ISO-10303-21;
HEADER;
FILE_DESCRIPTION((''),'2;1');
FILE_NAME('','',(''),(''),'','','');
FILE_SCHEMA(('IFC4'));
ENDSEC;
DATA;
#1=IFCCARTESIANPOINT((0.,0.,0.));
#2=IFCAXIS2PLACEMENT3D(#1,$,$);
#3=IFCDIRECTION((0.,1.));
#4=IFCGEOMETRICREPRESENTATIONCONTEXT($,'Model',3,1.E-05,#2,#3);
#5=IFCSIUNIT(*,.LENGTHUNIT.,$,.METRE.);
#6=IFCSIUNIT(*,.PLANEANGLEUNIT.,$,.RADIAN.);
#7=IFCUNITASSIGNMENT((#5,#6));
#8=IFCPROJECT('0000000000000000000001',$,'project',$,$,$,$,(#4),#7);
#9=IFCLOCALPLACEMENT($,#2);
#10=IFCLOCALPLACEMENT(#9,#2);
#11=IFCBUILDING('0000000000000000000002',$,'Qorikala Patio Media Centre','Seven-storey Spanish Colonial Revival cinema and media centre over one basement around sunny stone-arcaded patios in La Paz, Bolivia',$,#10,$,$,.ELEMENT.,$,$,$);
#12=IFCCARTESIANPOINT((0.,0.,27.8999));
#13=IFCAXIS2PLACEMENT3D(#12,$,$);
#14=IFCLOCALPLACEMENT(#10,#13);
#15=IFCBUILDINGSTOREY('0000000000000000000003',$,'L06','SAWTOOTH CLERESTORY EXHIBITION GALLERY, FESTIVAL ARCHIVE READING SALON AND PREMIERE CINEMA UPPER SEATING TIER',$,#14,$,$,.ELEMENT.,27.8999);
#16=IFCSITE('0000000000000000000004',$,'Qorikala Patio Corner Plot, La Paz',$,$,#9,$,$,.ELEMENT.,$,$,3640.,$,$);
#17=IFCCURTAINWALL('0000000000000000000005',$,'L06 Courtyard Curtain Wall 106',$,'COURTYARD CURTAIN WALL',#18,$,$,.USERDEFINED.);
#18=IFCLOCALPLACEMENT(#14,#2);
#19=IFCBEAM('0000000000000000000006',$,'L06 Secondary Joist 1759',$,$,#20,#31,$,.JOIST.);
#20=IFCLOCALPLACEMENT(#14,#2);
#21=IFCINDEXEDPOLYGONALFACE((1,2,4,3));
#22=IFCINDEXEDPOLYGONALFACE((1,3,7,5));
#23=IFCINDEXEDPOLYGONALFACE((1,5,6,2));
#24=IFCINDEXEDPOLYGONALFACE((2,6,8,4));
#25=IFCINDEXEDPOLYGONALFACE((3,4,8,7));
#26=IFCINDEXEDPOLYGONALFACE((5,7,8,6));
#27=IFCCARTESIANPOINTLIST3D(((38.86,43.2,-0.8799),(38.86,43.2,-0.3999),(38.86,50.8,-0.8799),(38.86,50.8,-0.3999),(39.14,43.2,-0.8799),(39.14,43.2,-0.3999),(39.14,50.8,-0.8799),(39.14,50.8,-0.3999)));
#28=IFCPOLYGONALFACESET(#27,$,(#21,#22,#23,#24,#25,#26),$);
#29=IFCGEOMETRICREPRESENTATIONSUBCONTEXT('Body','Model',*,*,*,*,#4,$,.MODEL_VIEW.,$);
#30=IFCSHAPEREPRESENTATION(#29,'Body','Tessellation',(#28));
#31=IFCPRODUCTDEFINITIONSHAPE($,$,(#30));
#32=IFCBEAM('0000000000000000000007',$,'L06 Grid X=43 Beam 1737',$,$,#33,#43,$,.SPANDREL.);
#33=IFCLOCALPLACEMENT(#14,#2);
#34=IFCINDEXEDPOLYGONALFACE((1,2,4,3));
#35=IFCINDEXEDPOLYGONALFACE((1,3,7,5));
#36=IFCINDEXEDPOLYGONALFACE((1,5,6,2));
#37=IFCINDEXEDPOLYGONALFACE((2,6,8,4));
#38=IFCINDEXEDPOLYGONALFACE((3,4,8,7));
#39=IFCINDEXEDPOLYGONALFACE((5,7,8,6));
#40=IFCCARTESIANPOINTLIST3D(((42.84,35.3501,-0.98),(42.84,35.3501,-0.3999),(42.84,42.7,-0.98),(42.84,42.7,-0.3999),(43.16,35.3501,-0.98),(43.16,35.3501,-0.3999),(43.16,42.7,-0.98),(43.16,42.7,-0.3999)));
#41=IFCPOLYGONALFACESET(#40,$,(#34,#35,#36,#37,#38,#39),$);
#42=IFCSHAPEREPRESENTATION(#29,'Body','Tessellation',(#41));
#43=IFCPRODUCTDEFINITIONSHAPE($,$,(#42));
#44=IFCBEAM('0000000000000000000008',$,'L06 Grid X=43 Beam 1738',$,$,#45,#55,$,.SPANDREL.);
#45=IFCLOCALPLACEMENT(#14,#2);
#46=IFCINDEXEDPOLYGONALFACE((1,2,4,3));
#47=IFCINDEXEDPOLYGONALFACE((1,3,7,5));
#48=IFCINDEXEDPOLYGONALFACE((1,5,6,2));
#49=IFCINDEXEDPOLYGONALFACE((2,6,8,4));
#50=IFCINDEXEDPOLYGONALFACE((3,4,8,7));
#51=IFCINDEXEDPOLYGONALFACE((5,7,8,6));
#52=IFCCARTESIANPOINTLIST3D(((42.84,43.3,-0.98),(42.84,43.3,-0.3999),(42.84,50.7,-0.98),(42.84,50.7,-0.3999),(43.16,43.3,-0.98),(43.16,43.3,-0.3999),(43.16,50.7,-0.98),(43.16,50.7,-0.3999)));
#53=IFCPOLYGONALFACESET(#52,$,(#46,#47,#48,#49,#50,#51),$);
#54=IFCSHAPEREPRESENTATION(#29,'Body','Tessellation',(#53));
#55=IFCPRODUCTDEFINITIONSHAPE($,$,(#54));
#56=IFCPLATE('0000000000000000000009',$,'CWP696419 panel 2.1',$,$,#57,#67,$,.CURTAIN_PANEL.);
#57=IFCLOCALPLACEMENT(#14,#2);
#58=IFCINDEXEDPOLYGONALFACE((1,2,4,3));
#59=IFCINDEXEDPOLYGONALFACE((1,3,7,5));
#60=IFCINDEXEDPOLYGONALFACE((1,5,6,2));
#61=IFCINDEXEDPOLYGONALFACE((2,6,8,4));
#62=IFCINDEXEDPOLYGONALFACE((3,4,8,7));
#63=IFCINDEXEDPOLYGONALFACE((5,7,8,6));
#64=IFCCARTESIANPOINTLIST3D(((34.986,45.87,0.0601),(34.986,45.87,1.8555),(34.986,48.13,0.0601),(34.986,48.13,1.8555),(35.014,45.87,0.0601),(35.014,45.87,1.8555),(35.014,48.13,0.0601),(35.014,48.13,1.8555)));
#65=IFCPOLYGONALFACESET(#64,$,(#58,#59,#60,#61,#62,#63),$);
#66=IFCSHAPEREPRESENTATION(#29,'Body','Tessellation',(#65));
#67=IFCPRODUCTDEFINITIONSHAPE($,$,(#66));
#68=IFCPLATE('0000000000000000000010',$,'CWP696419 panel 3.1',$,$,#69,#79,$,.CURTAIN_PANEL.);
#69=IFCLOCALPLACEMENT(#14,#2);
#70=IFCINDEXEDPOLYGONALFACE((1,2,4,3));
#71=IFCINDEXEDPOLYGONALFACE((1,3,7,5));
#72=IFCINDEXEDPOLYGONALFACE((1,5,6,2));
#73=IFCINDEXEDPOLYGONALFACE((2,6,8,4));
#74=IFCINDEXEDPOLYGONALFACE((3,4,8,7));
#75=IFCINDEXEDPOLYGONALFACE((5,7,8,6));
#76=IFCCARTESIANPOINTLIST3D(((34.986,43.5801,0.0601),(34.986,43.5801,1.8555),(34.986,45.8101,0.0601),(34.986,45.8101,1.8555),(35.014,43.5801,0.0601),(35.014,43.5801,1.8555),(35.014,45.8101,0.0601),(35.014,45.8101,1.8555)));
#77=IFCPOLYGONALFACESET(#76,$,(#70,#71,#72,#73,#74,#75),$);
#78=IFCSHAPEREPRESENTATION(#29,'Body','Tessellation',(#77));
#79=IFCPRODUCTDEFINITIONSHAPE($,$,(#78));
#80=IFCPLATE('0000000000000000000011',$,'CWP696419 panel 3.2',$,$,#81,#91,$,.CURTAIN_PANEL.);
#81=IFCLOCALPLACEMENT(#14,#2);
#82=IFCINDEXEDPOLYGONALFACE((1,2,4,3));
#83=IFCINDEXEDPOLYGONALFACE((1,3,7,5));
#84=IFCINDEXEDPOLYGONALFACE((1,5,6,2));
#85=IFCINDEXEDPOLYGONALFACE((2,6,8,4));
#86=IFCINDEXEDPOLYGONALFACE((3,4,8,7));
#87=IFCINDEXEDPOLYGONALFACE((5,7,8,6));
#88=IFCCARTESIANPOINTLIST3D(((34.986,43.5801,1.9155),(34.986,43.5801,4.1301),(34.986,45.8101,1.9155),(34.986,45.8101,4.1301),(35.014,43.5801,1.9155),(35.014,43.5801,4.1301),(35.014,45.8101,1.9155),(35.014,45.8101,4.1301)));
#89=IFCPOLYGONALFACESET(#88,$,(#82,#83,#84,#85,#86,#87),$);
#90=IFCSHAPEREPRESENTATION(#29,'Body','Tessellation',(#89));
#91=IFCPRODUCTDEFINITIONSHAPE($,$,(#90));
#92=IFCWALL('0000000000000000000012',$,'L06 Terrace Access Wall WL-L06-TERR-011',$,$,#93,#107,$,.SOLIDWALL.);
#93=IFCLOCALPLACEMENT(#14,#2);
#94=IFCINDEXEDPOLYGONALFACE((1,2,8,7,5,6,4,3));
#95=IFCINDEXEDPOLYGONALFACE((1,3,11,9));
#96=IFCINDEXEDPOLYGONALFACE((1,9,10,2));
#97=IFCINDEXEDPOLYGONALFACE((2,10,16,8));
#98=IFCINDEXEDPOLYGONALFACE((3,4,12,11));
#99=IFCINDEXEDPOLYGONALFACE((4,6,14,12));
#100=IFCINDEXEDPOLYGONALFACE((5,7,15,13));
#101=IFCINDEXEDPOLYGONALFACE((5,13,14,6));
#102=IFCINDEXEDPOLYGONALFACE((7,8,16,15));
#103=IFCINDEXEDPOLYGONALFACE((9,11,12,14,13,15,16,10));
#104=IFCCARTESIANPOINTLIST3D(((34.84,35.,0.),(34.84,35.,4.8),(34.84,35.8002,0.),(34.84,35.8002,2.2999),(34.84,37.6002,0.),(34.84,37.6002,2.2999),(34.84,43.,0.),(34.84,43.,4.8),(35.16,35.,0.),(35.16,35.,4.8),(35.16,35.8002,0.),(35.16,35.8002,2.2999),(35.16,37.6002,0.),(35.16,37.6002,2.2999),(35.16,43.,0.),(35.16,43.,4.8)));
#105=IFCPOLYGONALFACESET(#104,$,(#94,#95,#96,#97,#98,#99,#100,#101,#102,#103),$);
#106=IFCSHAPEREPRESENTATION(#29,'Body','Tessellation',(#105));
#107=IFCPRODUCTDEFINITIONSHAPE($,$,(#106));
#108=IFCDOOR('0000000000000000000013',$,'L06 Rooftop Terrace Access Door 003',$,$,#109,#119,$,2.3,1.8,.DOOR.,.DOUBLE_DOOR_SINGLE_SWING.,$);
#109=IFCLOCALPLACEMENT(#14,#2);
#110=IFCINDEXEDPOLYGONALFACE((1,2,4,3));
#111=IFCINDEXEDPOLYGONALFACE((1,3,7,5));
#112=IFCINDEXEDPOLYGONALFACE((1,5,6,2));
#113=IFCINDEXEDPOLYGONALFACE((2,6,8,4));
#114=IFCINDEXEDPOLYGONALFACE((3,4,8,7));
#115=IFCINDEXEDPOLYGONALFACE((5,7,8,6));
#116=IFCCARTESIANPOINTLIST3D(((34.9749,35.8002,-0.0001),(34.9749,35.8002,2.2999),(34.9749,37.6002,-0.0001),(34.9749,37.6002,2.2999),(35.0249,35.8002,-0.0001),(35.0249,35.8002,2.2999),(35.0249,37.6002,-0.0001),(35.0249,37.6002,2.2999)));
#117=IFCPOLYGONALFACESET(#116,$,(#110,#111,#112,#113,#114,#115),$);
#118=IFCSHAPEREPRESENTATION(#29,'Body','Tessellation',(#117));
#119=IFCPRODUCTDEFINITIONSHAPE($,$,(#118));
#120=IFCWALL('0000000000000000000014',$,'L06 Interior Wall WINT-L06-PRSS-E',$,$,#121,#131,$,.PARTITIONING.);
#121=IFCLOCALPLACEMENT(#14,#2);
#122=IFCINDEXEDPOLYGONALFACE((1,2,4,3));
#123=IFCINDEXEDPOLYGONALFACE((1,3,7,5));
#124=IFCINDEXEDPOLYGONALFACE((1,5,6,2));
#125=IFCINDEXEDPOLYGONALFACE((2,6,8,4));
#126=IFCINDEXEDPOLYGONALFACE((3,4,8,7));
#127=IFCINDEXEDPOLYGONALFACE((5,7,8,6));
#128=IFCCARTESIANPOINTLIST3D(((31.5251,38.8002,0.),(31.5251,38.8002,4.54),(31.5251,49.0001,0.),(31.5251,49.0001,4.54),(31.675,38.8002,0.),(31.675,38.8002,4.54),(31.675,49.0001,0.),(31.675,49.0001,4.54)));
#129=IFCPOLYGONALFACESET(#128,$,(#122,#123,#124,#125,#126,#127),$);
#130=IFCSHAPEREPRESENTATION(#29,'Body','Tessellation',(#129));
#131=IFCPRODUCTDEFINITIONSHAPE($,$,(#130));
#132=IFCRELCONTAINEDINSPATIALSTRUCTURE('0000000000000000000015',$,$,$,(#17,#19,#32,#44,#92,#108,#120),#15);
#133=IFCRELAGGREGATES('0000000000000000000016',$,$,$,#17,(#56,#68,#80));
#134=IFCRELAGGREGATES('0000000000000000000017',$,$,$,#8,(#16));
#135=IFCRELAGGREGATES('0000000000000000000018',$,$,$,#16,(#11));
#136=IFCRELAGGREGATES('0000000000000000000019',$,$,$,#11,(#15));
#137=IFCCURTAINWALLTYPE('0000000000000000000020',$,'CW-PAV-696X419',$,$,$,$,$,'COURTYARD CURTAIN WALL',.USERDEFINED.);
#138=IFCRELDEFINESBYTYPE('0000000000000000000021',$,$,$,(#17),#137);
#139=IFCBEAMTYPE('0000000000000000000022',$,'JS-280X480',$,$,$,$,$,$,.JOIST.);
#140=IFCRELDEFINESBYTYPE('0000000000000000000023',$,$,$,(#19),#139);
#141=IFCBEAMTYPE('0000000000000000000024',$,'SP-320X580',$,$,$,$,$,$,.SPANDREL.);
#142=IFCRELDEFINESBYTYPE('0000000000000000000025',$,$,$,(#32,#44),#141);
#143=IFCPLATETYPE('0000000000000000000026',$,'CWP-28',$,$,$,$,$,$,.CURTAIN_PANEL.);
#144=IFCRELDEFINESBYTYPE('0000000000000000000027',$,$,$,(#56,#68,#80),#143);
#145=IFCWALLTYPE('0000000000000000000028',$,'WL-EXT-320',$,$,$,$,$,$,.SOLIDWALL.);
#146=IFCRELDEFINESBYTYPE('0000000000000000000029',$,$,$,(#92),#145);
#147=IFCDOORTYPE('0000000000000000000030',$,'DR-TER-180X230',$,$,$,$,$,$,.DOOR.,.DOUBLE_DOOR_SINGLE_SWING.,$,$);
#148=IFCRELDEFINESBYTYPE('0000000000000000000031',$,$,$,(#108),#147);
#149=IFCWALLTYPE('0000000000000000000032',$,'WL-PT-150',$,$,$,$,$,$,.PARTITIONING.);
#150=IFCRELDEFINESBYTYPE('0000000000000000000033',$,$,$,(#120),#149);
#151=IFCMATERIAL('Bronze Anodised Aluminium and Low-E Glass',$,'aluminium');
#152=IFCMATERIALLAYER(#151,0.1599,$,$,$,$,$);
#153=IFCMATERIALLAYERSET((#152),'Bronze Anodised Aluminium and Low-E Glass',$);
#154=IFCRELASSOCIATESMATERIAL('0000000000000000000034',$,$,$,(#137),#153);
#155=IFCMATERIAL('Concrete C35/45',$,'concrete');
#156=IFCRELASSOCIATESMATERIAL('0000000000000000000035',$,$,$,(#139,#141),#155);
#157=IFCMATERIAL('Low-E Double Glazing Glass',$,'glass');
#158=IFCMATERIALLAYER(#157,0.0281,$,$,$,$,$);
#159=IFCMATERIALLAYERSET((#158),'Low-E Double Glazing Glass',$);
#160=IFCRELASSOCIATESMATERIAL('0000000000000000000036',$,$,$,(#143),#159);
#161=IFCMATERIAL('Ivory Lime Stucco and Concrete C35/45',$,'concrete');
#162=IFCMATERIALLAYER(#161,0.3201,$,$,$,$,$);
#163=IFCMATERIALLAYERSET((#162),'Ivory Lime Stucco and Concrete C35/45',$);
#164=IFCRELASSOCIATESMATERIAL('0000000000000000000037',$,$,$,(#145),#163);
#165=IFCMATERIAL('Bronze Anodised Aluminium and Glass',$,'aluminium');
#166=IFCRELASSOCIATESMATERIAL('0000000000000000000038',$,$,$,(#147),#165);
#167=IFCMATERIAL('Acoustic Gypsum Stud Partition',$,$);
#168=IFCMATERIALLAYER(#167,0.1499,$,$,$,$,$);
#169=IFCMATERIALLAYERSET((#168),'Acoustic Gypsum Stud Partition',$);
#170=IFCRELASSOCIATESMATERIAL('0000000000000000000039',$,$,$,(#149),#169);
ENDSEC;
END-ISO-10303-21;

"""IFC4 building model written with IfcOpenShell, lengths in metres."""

from ifc_helpers import new_model, si_unit, direction, frame, frame_2d, origin, origin_2d, place, context, subcontext, project, spatial, rectangle, extrude, material, layer, layer_set, material_profile, profile_set, type_object, element, fill, aggregate, save


model = new_model("IFC4")

# Units and contexts
model_context = context("Model", 3, precision=1e-05, world=origin(), true_north=direction((0.0, 1.0)))
body_context = subcontext(model_context, "Body", "Model", "MODEL_VIEW")
ifc_project = project(units=[si_unit("LENGTHUNIT", "METRE"), si_unit("PLANEANGLEUNIT", "RADIAN")], contexts=[model_context])

# Site, building, storey
site_placement = place(None, origin())
site = spatial("IfcSite", under=ifc_project, at=site_placement, Name="Qorikala Patio Corner Plot, La Paz", CompositionType="ELEMENT", RefElevation=3640.0)
building_placement = place(site_placement, origin())
building = spatial("IfcBuilding", under=site, at=building_placement, Name="Qorikala Patio Media Centre", Description="Seven-storey Spanish Colonial Revival cinema and media centre over one basement around sunny stone-arcaded patios in La Paz, Bolivia", CompositionType="ELEMENT")
storey_placement = place(building_placement, frame((0.0, 0.0, 27.8999)))
storey = spatial("IfcBuildingStorey", under=building, at=storey_placement, Name="L06", Description="SAWTOOTH CLERESTORY EXHIBITION GALLERY, FESTIVAL ARCHIVE READING SALON AND PREMIERE CINEMA UPPER SEATING TIER", CompositionType="ELEMENT", Elevation=27.8999)

# Shared definitions
ifc_material_1 = material(Name="Concrete C35/45", Category="concrete")

# Curtain wall
ifc_material_2 = material(Name="Bronze Anodised Aluminium and Low-E Glass", Category="aluminium")
ifc_layer_1 = layer(ifc_material_2, 0.1599)
ifc_layer_set_1 = layer_set([ifc_layer_1], Name="Bronze Anodised Aluminium and Low-E Glass")
curtain_wall_type = type_object("IfcCurtainWallType", Name="CW-PAV-696X419", ElementType="COURTYARD CURTAIN WALL", PredefinedType="USERDEFINED", material=ifc_layer_set_1)
curtain_wall_placement = place(storey_placement, origin())
curtain_wall = element("IfcCurtainWall", 1, at=curtain_wall_placement, inside=storey, type_object=curtain_wall_type, Name="L06 Courtyard Curtain Wall 106", ObjectType="COURTYARD CURTAIN WALL", PredefinedType="USERDEFINED")

# Beams
ifc_material_profile_1 = material_profile(ifc_material_1, rectangle(XDim=0.28, YDim=0.48, at=origin_2d()), Name="RC 280x480")
ifc_profile_set_1 = profile_set([ifc_material_profile_1], Name="Concrete C35/45")
beam_type_1 = type_object("IfcBeamType", Name="JS-280X480", PredefinedType="JOIST", material=ifc_profile_set_1)
for number, where, z_axis, x_axis, name in (
    (2, (39.0, 43.2, -0.6399), (0.0, 1.0, 0.0), (-1.0, 0.0, 0.0), "L06 Secondary Joist 1759"),
):
    element("IfcBeam", number, at=place(storey_placement, frame(where, z_axis=z_axis, x_axis=x_axis)), inside=storey, type_object=beam_type_1, Name=name, PredefinedType="JOIST", context=body_context, shape_type="SweptSolid", body=[
        extrude(rectangle(XDim=0.28, YDim=0.48, at=origin_2d()), origin(), (0.0, 0.0, 1.0), 7.6001),
    ])
ifc_material_profile_2 = material_profile(ifc_material_1, rectangle(XDim=0.3201, YDim=0.5801, at=origin_2d()), Name="RC 320x580")
ifc_profile_set_2 = profile_set([ifc_material_profile_2], Name="Concrete C35/45")
beam_type_2 = type_object("IfcBeamType", Name="SP-320X580", PredefinedType="SPANDREL", material=ifc_profile_set_2)
beam_1_placement = place(storey_placement, frame((43.0, 35.3501, -0.6899), z_axis=(0.0, 1.0, 0.0), x_axis=(-1.0, 0.0, 0.0)))
element("IfcBeam", 3, at=beam_1_placement, inside=storey, type_object=beam_type_2, Name="L06 Grid X=43 Beam 1737", PredefinedType="SPANDREL", context=body_context, shape_type="SweptSolid", body=[
    extrude(rectangle(XDim=0.3201, YDim=0.5801, at=origin_2d()), origin(), (0.0, 0.0, 1.0), 7.3499),
])
beam_2_placement = place(storey_placement, frame((43.0, 43.3, -0.6899), z_axis=(0.0, 1.0, 0.0), x_axis=(-1.0, 0.0, 0.0)))
element("IfcBeam", 4, at=beam_2_placement, inside=storey, type_object=beam_type_2, Name="L06 Grid X=43 Beam 1738", PredefinedType="SPANDREL", context=body_context, shape_type="SweptSolid", body=[
    extrude(rectangle(XDim=0.3201, YDim=0.5801, at=origin_2d()), origin(), (0.0, 0.0, 1.0), 7.3999),
])

# Plates
ifc_material_3 = material(Name="Low-E Double Glazing Glass", Category="glass")
ifc_layer_2 = layer(ifc_material_3, 0.0281)
ifc_layer_set_2 = layer_set([ifc_layer_2], Name="Low-E Double Glazing Glass")
plate_type = type_object("IfcPlateType", Name="CWP-28", PredefinedType="CURTAIN_PANEL", material=ifc_layer_set_2)
plate_1_placement = place(storey_placement, frame((35.0, 47.0, 0.0601), z_axis=(0.0, 0.0, 1.0), x_axis=(0.0, -1.0, 0.0)))
plate_1 = element("IfcPlate", 5, at=plate_1_placement, type_object=plate_type, Name="CWP696419 panel 2.1", PredefinedType="CURTAIN_PANEL", context=body_context, shape_type="SweptSolid", body=[
    extrude(rectangle(XDim=2.26, YDim=0.0281, at=origin_2d()), origin(), (0.0, 0.0, 1.0), 1.7954),
])
plate_2_placement = place(storey_placement, frame((35.0, 44.6951, 0.0601), z_axis=(0.0, 0.0, 1.0), x_axis=(0.0, -1.0, 0.0)))
plate_2 = element("IfcPlate", 6, at=plate_2_placement, type_object=plate_type, Name="CWP696419 panel 3.1", PredefinedType="CURTAIN_PANEL", context=body_context, shape_type="SweptSolid", body=[
    extrude(rectangle(XDim=2.23, YDim=0.0281, at=origin_2d()), origin(), (0.0, 0.0, 1.0), 1.7954),
])
plate_3_placement = place(storey_placement, frame((35.0, 44.6951, 1.9155), z_axis=(0.0, 0.0, 1.0), x_axis=(0.0, -1.0, 0.0)))
plate_3 = element("IfcPlate", 7, at=plate_3_placement, type_object=plate_type, Name="CWP696419 panel 3.2", PredefinedType="CURTAIN_PANEL", context=body_context, shape_type="SweptSolid", body=[
    extrude(rectangle(XDim=2.23, YDim=0.0281, at=origin_2d()), origin(), (0.0, 0.0, 1.0), 2.2146),
])
aggregate(curtain_wall, [plate_1, plate_2, plate_3])

# Wall, opening, door
ifc_material_4 = material(Name="Ivory Lime Stucco and Concrete C35/45", Category="concrete")
ifc_layer_3 = layer(ifc_material_4, 0.3201)
ifc_layer_set_3 = layer_set([ifc_layer_3], Name="Ivory Lime Stucco and Concrete C35/45")
wall_type_1 = type_object("IfcWallType", Name="WL-EXT-320", PredefinedType="SOLIDWALL", material=ifc_layer_set_3)
wall_1_placement = place(storey_placement, frame((35.0, 43.0, 0.0), z_axis=(0.0, 0.0, 1.0), x_axis=(0.0, -1.0, 0.0)))
wall_1 = element("IfcWall", 8, at=wall_1_placement, inside=storey, type_object=wall_type_1, Name="L06 Terrace Access Wall WL-L06-TERR-011", PredefinedType="SOLIDWALL", context=body_context, shape_type="SweptSolid", body=[
    extrude(rectangle(XDim=8.0, YDim=0.3201, at=frame_2d((4.0, 0.0))), origin(), (0.0, 0.0, 1.0), 4.8),
])
opening_placement = place(wall_1_placement, frame((5.3999, 0.0, 0.0)))
opening = element("IfcOpeningElement", 9, at=opening_placement, cuts=wall_1, PredefinedType="OPENING", context=body_context, shape_type="SweptSolid", body=[
    extrude(rectangle(XDim=1.8, YDim=2.3, at=frame_2d((0.8999, 1.1499))), frame((0.0, 0.1699, 0.0), z_axis=(0.0, -1.0, 0.0), x_axis=(1.0, 0.0, 0.0)), (0.0, 0.0, 1.0), 0.3401),
])
ifc_material_5 = material(Name="Bronze Anodised Aluminium and Glass", Category="aluminium")
door_type = type_object("IfcDoorType", Name="DR-TER-180X230", OperationType="DOUBLE_DOOR_SINGLE_SWING", PredefinedType="DOOR", material=ifc_material_5)
door_placement = place(opening_placement, origin())
door = element("IfcDoor", 10, at=door_placement, inside=storey, type_object=door_type, Name="L06 Rooftop Terrace Access Door 003", OperationType="DOUBLE_DOOR_SINGLE_SWING", OverallHeight=2.3, OverallWidth=1.8, PredefinedType="DOOR", context=body_context, shape_type="SweptSolid", body=[
    extrude(rectangle(XDim=1.8, YDim=2.3, at=frame_2d((0.8999, 1.1499))), frame((0.0, 0.0249, 0.0), z_axis=(0.0, -1.0, 0.0), x_axis=(1.0, 0.0, 0.0)), (0.0, 0.0, 1.0), 0.05),
])
fill(opening, door)

# Wall
ifc_material_6 = material(Name="Acoustic Gypsum Stud Partition")
ifc_layer_4 = layer(ifc_material_6, 0.1499)
ifc_layer_set_4 = layer_set([ifc_layer_4], Name="Acoustic Gypsum Stud Partition")
wall_type_2 = type_object("IfcWallType", Name="WL-PT-150", PredefinedType="PARTITIONING", material=ifc_layer_set_4)
wall_2_placement = place(storey_placement, frame((31.6001, 38.8, 0.0), z_axis=(0.0, 0.0, 1.0), x_axis=(0.0, 1.0, 0.0)))
element("IfcWall", 11, at=wall_2_placement, inside=storey, type_object=wall_type_2, Name="L06 Interior Wall WINT-L06-PRSS-E", PredefinedType="PARTITIONING", context=body_context, shape_type="SweptSolid", body=[
    extrude(rectangle(XDim=10.2, YDim=0.1499, at=frame_2d((5.1001, 0.0))), origin(), (0.0, 0.0, 1.0), 4.54),
])

save(model, "model.ifc")
